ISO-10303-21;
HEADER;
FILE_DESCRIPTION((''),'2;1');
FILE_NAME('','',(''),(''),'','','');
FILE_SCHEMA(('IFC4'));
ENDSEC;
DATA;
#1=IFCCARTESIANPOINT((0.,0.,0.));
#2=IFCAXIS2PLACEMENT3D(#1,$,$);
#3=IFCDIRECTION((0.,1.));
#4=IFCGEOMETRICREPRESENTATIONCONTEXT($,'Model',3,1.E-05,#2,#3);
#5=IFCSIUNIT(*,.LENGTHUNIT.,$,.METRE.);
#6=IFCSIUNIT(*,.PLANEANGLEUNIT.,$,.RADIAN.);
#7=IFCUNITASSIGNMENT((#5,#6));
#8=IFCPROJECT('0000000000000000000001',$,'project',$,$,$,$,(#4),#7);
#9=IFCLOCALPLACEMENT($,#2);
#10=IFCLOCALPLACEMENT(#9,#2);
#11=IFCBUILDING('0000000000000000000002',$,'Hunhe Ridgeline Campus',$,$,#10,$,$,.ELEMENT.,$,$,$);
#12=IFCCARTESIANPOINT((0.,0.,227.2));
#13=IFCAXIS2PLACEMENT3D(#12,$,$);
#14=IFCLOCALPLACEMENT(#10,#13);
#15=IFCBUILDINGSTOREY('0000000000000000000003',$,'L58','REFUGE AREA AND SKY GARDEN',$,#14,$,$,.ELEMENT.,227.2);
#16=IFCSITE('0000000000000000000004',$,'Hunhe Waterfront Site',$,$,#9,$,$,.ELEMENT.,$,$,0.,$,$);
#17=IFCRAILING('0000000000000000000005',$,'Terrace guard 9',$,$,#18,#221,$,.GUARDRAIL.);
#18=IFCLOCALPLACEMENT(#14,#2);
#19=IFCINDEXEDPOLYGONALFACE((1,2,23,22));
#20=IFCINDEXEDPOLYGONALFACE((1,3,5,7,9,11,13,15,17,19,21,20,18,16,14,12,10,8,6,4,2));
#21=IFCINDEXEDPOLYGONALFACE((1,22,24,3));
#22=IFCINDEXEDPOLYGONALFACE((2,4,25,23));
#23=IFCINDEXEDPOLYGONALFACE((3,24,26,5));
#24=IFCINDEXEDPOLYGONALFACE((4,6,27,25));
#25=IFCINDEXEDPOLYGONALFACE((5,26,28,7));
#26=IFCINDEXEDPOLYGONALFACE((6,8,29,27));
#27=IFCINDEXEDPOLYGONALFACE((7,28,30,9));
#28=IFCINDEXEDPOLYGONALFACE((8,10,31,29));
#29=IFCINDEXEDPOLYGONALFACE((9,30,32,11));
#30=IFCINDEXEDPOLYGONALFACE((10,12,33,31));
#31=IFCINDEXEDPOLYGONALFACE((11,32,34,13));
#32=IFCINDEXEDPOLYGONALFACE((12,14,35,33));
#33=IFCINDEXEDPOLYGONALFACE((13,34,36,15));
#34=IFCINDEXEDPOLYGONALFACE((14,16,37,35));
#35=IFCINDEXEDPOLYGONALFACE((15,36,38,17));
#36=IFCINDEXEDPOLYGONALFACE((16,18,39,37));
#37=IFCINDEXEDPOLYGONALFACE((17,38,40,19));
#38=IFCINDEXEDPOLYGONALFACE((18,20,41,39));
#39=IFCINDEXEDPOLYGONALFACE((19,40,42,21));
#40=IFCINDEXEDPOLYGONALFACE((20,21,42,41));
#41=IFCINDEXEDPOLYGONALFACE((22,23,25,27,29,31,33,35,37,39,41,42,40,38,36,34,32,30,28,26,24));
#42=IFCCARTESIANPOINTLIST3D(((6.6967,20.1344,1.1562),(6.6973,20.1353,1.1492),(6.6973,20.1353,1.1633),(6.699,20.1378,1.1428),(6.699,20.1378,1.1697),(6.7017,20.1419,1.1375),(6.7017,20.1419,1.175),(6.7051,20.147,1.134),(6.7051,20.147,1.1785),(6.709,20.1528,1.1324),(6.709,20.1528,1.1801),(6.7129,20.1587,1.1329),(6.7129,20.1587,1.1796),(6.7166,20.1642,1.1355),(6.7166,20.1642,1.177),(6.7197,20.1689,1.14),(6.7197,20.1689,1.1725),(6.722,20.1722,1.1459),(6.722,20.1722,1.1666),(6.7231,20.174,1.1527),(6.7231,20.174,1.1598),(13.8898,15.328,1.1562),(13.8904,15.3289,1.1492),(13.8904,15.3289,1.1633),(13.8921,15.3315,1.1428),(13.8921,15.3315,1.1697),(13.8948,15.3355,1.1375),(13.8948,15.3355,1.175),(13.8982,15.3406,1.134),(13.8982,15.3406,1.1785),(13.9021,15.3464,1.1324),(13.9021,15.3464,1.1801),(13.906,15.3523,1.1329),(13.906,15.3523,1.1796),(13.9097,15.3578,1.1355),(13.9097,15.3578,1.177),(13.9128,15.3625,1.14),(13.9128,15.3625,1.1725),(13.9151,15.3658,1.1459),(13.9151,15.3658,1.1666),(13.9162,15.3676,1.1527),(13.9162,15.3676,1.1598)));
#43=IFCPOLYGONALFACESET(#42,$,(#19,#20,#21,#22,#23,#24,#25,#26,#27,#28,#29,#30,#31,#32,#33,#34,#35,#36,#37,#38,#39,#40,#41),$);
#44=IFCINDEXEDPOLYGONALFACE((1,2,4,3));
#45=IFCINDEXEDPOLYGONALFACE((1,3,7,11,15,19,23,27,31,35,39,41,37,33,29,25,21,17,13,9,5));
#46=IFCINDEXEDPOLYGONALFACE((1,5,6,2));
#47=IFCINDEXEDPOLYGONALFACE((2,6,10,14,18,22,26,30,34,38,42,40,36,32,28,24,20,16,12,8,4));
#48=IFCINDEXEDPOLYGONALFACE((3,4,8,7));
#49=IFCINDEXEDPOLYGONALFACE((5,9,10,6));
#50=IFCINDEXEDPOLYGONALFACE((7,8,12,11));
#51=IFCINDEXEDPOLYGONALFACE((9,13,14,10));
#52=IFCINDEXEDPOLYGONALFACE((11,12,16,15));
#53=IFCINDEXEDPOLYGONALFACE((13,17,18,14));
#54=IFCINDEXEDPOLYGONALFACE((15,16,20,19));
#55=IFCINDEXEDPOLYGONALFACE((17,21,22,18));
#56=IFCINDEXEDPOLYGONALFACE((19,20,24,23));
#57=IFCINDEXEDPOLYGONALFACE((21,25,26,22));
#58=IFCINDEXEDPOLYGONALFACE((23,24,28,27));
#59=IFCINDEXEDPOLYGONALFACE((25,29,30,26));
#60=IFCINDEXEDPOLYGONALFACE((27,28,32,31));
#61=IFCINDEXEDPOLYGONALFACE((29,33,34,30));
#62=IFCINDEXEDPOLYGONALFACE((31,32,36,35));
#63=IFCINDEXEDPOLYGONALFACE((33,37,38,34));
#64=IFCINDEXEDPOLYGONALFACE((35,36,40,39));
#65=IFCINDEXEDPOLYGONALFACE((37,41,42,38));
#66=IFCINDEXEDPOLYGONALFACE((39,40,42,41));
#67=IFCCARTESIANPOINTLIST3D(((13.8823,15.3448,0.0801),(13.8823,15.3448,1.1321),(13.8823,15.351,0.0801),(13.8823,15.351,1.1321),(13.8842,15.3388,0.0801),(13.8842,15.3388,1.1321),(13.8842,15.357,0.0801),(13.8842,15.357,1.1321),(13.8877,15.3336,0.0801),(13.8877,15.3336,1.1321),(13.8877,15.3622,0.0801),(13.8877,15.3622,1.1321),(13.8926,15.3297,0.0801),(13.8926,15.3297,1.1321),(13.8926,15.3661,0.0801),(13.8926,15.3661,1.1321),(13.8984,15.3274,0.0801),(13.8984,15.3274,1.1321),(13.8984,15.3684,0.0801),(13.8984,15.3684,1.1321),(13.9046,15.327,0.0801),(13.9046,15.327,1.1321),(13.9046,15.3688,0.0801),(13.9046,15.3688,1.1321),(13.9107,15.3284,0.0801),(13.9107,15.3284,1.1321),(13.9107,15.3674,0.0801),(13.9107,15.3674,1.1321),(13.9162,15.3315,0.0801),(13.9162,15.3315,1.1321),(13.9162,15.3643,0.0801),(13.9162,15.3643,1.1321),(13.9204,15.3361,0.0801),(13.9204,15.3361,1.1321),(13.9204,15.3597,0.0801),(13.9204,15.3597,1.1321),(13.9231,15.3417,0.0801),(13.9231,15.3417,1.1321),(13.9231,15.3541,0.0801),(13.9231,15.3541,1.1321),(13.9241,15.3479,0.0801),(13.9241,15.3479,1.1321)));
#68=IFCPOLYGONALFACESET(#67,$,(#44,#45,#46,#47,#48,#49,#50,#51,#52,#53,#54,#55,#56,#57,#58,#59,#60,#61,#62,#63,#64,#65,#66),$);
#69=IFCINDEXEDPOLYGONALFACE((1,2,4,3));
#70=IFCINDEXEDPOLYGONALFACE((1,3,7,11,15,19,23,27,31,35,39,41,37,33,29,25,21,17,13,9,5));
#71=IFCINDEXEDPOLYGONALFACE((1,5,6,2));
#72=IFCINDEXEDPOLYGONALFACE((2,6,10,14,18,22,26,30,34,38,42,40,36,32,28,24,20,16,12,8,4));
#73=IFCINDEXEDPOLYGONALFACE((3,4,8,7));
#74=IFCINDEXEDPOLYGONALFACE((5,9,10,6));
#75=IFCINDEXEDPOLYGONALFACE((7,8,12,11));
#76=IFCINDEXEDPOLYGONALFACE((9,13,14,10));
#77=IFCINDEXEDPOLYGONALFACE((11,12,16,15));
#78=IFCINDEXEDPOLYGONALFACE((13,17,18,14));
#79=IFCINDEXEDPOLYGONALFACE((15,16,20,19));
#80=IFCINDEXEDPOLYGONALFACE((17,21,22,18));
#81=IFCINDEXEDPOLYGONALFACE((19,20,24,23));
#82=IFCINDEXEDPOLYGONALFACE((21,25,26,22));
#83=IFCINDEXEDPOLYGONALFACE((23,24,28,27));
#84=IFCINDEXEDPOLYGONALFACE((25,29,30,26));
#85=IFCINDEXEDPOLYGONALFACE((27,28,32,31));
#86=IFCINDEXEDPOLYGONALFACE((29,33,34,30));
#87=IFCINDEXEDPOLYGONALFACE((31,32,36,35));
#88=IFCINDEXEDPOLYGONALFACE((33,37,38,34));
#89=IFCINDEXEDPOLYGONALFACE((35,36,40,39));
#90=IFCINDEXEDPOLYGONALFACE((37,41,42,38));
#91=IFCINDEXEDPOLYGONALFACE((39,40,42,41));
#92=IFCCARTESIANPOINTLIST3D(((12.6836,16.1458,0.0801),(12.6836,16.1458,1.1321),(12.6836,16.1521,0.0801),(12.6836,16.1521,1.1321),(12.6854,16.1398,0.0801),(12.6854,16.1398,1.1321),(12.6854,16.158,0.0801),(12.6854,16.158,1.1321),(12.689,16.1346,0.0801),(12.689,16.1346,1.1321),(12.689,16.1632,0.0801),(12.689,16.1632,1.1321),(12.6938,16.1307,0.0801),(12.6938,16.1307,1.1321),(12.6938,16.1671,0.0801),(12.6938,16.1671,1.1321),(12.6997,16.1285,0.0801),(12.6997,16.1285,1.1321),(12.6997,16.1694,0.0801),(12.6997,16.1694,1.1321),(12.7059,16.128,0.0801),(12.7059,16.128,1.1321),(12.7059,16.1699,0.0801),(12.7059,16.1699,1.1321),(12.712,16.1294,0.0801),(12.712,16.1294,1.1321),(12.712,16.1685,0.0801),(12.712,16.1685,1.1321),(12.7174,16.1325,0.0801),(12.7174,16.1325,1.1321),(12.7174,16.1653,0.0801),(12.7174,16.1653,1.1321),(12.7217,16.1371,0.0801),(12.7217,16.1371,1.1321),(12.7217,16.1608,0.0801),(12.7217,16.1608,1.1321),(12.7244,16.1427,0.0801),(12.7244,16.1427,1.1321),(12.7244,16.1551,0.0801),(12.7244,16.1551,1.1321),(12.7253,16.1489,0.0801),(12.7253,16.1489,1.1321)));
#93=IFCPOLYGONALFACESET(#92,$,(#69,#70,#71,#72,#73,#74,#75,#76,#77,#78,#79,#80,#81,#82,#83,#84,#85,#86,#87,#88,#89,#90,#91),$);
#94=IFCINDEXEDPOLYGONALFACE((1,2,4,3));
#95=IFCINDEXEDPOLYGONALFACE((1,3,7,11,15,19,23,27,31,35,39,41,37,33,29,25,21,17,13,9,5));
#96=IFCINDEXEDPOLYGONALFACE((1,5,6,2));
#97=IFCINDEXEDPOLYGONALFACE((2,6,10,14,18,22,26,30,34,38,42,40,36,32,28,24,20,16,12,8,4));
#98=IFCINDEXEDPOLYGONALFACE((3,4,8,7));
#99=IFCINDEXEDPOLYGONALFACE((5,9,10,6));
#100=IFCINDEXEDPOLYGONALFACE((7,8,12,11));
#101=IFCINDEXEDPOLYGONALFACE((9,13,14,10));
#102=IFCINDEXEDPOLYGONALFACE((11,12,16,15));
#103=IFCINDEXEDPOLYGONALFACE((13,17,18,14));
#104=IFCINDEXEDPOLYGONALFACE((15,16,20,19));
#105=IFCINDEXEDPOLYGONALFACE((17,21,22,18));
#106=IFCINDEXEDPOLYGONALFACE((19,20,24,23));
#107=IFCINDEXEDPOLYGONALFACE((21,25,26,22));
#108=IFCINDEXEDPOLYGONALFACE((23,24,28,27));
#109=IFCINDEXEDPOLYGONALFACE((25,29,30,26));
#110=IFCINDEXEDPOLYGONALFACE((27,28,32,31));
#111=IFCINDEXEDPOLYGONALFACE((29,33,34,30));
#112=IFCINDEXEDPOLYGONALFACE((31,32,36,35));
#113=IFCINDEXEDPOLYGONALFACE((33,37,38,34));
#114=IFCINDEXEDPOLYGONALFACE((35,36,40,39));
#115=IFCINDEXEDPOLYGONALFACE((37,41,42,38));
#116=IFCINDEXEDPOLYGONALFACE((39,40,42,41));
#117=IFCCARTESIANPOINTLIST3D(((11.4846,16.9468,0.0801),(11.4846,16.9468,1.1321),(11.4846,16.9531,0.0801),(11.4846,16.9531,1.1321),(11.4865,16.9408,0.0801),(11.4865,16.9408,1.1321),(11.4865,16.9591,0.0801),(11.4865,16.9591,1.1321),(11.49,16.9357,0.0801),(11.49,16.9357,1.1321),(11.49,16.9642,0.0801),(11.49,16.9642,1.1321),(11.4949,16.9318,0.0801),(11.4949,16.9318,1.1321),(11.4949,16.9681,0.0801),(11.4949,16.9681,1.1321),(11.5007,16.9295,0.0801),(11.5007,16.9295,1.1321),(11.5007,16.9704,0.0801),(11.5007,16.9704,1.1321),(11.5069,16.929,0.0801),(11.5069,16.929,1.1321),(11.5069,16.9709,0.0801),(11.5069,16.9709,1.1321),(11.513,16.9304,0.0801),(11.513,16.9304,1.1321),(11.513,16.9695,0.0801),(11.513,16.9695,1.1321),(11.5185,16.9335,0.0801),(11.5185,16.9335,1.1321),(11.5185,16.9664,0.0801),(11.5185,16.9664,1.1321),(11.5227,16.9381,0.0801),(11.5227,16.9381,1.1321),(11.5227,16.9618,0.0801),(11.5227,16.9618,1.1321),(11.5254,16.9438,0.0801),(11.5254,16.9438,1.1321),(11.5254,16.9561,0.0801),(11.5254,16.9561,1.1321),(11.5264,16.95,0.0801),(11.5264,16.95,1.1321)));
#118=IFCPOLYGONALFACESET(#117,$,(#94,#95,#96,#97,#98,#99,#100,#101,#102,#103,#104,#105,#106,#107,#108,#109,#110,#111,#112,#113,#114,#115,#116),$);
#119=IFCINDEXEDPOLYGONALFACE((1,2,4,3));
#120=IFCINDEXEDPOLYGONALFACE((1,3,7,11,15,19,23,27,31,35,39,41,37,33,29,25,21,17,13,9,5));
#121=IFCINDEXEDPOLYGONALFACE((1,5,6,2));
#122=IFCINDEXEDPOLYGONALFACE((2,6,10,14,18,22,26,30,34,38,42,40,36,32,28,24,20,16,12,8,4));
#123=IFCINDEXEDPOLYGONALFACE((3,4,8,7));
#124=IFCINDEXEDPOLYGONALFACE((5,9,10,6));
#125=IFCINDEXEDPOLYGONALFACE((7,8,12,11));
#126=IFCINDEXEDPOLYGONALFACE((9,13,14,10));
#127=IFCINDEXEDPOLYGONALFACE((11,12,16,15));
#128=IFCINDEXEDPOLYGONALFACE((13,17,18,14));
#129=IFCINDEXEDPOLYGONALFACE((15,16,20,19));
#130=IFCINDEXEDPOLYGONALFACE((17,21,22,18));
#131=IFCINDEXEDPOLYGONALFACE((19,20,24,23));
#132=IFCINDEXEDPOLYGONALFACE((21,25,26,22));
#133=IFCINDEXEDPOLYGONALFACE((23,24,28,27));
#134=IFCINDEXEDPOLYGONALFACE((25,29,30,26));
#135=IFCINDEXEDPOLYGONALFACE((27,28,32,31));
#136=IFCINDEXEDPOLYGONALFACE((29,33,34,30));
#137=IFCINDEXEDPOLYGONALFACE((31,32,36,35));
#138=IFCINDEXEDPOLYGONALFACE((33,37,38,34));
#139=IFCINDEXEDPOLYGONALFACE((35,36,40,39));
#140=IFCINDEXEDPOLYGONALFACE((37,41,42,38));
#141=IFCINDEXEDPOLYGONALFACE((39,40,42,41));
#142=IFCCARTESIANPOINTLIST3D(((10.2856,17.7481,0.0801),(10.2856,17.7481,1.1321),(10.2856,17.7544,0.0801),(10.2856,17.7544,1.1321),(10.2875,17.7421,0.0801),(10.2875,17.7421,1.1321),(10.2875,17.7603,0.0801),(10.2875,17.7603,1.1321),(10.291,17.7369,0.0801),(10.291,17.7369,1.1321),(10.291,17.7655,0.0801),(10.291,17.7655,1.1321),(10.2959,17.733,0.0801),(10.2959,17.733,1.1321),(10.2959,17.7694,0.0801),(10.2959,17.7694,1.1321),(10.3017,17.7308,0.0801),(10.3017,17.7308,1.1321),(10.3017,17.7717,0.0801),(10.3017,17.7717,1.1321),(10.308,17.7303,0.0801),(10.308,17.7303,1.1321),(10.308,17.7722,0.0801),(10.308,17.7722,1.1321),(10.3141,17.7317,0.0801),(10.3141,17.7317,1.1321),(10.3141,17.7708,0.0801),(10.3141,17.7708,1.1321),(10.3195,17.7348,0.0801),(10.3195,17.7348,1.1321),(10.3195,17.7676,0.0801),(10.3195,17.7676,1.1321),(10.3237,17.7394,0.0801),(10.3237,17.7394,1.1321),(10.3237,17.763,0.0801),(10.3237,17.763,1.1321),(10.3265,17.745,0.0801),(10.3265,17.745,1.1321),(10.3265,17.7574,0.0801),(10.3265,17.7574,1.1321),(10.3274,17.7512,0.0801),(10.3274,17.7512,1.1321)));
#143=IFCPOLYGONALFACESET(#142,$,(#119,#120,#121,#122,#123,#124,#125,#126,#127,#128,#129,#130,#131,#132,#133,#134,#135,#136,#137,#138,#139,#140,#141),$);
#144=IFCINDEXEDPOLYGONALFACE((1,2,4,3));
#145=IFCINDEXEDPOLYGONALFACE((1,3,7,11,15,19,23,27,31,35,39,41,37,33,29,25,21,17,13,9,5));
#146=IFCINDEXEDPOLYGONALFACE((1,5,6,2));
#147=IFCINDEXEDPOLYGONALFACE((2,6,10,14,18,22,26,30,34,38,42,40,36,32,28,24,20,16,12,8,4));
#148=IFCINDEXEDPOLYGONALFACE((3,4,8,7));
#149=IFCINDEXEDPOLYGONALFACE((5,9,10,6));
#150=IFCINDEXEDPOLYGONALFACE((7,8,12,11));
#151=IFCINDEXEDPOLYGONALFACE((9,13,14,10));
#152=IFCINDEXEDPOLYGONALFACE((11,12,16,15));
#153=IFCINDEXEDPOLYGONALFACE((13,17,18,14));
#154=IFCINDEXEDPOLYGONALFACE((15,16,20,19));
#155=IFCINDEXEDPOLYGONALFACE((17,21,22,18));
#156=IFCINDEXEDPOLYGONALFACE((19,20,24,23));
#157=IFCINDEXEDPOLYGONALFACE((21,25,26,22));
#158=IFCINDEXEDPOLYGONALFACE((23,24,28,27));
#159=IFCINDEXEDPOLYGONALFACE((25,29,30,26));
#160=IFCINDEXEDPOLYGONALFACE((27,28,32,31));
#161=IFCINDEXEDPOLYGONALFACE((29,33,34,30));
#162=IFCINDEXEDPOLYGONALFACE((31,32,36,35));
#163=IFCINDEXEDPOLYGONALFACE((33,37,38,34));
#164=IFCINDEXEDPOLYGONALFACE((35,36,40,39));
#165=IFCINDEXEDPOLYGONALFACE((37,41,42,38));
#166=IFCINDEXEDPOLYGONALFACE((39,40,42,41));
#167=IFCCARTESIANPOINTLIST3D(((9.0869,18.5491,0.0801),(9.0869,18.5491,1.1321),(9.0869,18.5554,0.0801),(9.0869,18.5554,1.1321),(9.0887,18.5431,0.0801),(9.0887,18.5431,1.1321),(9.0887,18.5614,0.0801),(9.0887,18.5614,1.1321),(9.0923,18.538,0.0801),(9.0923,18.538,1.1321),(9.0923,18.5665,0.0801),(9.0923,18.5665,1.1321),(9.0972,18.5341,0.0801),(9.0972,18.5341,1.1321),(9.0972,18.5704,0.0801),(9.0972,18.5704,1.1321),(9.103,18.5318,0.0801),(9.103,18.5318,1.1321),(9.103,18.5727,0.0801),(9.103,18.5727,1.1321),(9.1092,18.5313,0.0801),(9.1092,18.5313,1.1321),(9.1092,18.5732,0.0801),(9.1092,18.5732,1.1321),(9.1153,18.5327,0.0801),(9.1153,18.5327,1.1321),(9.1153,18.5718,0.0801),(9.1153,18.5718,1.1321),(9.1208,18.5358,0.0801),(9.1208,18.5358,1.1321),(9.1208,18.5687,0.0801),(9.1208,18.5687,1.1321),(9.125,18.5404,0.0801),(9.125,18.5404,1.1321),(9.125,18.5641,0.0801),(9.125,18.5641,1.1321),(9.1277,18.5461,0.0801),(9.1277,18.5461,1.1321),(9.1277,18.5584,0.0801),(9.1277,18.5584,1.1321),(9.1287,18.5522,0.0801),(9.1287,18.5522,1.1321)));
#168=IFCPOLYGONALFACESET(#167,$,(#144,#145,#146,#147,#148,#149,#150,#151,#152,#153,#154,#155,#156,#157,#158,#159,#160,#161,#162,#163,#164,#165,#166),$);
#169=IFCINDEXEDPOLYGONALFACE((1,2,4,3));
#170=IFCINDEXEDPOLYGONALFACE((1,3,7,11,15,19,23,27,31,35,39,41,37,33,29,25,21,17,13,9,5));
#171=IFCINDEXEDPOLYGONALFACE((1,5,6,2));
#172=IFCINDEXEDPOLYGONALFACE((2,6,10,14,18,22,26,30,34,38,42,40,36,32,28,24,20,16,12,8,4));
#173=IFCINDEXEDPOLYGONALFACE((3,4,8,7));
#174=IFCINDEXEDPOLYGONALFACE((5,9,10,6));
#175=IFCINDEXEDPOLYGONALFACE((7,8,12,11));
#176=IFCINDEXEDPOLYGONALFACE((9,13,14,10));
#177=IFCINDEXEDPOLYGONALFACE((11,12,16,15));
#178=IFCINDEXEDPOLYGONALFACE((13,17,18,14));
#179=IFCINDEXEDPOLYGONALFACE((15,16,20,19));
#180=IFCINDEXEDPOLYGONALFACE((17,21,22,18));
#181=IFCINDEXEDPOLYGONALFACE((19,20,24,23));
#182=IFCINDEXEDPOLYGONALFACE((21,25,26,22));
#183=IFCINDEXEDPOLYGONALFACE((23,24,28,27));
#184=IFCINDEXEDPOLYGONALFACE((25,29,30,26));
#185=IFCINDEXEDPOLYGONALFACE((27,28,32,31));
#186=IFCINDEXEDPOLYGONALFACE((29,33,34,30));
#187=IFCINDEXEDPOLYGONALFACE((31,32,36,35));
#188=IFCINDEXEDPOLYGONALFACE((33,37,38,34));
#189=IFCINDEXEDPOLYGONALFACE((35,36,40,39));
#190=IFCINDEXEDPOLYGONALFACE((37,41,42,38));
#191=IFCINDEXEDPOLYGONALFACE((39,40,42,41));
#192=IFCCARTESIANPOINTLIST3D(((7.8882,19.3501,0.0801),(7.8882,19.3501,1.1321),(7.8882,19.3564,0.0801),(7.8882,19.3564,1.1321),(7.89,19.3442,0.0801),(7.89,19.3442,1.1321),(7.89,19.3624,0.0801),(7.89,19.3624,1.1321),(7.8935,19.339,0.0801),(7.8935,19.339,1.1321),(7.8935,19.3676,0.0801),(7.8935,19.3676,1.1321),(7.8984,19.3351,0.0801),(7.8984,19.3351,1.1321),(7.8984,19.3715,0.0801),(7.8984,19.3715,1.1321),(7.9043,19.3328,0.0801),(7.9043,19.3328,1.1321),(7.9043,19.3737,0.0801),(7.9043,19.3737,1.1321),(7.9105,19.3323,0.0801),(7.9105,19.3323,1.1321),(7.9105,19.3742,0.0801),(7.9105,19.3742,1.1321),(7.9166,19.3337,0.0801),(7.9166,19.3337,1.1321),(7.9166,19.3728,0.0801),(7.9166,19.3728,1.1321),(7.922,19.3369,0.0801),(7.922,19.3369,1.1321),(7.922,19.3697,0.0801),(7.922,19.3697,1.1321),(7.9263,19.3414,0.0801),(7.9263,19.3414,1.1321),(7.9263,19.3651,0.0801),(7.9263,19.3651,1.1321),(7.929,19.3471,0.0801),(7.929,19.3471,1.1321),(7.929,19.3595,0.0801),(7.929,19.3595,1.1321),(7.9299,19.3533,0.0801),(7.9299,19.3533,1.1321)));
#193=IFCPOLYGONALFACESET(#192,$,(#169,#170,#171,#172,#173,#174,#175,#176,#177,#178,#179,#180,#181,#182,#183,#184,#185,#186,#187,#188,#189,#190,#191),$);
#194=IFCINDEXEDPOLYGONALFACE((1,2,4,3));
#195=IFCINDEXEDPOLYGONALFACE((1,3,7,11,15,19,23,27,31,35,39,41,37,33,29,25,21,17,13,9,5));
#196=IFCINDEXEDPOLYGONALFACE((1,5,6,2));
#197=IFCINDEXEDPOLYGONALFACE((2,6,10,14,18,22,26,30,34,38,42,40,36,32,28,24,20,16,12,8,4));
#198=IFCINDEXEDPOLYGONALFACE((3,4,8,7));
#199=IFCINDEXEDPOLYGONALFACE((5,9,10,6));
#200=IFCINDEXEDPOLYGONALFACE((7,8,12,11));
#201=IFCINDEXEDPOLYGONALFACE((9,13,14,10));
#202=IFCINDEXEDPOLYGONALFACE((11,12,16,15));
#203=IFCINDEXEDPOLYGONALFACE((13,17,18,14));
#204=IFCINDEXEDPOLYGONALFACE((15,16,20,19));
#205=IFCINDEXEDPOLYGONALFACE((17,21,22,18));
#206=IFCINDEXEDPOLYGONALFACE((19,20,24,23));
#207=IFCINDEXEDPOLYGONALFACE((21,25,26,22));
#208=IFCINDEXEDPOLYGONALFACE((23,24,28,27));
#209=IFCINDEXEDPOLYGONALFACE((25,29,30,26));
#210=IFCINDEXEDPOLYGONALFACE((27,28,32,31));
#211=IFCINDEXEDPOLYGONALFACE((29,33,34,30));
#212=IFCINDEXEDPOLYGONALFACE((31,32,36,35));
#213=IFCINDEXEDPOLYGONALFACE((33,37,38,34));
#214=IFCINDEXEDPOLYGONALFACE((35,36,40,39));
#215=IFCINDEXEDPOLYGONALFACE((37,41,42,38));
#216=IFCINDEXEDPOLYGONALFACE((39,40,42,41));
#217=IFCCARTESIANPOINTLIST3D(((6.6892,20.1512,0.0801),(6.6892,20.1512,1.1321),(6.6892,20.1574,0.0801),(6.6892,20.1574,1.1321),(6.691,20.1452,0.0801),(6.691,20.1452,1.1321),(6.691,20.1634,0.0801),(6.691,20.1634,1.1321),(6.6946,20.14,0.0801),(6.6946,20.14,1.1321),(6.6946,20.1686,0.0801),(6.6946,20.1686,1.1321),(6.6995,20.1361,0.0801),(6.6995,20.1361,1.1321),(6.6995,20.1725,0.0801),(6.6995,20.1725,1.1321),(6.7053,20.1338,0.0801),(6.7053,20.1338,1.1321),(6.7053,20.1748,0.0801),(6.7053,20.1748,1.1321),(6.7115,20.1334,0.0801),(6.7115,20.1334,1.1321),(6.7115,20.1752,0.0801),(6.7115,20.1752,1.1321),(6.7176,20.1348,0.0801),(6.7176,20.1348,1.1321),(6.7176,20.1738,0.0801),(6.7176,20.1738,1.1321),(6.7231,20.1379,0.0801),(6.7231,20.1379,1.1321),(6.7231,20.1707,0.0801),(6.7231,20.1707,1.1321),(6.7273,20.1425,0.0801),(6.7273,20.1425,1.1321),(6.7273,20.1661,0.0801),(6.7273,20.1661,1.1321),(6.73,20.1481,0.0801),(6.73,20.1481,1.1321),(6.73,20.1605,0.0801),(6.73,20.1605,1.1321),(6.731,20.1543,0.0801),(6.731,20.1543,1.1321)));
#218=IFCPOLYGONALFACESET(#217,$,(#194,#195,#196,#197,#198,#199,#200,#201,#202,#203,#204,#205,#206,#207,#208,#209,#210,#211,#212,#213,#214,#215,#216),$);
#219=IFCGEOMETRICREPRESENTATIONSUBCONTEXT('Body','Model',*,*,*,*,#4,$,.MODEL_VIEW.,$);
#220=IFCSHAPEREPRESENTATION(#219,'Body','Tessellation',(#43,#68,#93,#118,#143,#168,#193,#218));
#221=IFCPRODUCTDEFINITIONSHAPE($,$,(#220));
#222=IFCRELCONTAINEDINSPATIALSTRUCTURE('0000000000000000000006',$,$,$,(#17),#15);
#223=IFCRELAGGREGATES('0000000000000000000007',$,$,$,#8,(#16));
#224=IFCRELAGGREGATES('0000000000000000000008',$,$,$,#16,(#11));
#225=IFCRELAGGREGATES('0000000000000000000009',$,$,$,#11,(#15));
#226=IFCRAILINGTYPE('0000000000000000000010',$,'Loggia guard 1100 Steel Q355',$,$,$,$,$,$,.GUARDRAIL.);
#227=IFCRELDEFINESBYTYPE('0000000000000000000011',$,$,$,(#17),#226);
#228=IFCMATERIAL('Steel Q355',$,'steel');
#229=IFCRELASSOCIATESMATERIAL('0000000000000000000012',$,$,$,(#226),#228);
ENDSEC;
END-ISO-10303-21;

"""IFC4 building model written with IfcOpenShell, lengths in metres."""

from ifc_helpers import new_model, si_unit, direction, frame, origin, origin_2d, place, context, subcontext, project, spatial, circle, extrude, material, type_object, element, save


model = new_model("IFC4")

# Units and contexts
model_context = context("Model", 3, precision=1e-05, world=origin(), true_north=direction((0.0, 1.0)))
body_context = subcontext(model_context, "Body", "Model", "MODEL_VIEW")
ifc_project = project(units=[si_unit("LENGTHUNIT", "METRE"), si_unit("PLANEANGLEUNIT", "RADIAN")], contexts=[model_context])

# Site, building, storey
site_placement = place(None, origin())
site = spatial("IfcSite", under=ifc_project, at=site_placement, Name="Hunhe Waterfront Site", CompositionType="ELEMENT", RefElevation=0.0)
building_placement = place(site_placement, origin())
building = spatial("IfcBuilding", under=site, at=building_placement, Name="Hunhe Ridgeline Campus", CompositionType="ELEMENT")
storey_placement = place(building_placement, frame((0.0, 0.0, 227.2)))
storey = spatial("IfcBuildingStorey", under=building, at=storey_placement, Name="L58", Description="REFUGE AREA AND SKY GARDEN", CompositionType="ELEMENT", Elevation=227.2)

# Railing
ifc_material_1 = material(Name="Steel Q355", Category="steel")
railing_type = type_object("IfcRailingType", Name="Loggia guard 1100 Steel Q355", PredefinedType="GUARDRAIL", material=ifc_material_1)
railing_1_placement = place(storey_placement, frame((13.9031, 15.3479, 0.0801)))
element("IfcRailing", 1, at=railing_1_placement, inside=storey, type_object=railing_type, Name="Terrace guard 9", PredefinedType="GUARDRAIL", context=body_context, shape_type="SweptSolid", body=[
    extrude(circle(Radius=0.0239, at=origin_2d()), frame((0.0, 0.0, 1.0762), z_axis=(-0.831464, 0.555579, 0.0), x_axis=(-0.555579, -0.831464, 0.0)), (0.0, 0.0, 1.0), 8.6511),
    extrude(circle(Radius=0.021, at=origin_2d()), origin(), (0.0, 0.0, 1.0), 1.052),
    extrude(circle(Radius=0.021, at=origin_2d()), frame((-1.1987, 0.801, 0.0)), (0.0, 0.0, 1.0), 1.052),
    extrude(circle(Radius=0.021, at=origin_2d()), frame((-2.3977, 1.6021, 0.0)), (0.0, 0.0, 1.0), 1.052),
    extrude(circle(Radius=0.021, at=origin_2d()), frame((-3.5967, 2.4033, 0.0)), (0.0, 0.0, 1.0), 1.052),
    extrude(circle(Radius=0.021, at=origin_2d()), frame((-4.7954, 3.2043, 0.0)), (0.0, 0.0, 1.0), 1.052),
    extrude(circle(Radius=0.021, at=origin_2d()), frame((-5.9941, 4.0054, 0.0)), (0.0, 0.0, 1.0), 1.052),
    extrude(circle(Radius=0.021, at=origin_2d()), frame((-7.1931, 4.8064, 0.0)), (0.0, 0.0, 1.0), 1.052),
])

save(model, "model.ifc")
